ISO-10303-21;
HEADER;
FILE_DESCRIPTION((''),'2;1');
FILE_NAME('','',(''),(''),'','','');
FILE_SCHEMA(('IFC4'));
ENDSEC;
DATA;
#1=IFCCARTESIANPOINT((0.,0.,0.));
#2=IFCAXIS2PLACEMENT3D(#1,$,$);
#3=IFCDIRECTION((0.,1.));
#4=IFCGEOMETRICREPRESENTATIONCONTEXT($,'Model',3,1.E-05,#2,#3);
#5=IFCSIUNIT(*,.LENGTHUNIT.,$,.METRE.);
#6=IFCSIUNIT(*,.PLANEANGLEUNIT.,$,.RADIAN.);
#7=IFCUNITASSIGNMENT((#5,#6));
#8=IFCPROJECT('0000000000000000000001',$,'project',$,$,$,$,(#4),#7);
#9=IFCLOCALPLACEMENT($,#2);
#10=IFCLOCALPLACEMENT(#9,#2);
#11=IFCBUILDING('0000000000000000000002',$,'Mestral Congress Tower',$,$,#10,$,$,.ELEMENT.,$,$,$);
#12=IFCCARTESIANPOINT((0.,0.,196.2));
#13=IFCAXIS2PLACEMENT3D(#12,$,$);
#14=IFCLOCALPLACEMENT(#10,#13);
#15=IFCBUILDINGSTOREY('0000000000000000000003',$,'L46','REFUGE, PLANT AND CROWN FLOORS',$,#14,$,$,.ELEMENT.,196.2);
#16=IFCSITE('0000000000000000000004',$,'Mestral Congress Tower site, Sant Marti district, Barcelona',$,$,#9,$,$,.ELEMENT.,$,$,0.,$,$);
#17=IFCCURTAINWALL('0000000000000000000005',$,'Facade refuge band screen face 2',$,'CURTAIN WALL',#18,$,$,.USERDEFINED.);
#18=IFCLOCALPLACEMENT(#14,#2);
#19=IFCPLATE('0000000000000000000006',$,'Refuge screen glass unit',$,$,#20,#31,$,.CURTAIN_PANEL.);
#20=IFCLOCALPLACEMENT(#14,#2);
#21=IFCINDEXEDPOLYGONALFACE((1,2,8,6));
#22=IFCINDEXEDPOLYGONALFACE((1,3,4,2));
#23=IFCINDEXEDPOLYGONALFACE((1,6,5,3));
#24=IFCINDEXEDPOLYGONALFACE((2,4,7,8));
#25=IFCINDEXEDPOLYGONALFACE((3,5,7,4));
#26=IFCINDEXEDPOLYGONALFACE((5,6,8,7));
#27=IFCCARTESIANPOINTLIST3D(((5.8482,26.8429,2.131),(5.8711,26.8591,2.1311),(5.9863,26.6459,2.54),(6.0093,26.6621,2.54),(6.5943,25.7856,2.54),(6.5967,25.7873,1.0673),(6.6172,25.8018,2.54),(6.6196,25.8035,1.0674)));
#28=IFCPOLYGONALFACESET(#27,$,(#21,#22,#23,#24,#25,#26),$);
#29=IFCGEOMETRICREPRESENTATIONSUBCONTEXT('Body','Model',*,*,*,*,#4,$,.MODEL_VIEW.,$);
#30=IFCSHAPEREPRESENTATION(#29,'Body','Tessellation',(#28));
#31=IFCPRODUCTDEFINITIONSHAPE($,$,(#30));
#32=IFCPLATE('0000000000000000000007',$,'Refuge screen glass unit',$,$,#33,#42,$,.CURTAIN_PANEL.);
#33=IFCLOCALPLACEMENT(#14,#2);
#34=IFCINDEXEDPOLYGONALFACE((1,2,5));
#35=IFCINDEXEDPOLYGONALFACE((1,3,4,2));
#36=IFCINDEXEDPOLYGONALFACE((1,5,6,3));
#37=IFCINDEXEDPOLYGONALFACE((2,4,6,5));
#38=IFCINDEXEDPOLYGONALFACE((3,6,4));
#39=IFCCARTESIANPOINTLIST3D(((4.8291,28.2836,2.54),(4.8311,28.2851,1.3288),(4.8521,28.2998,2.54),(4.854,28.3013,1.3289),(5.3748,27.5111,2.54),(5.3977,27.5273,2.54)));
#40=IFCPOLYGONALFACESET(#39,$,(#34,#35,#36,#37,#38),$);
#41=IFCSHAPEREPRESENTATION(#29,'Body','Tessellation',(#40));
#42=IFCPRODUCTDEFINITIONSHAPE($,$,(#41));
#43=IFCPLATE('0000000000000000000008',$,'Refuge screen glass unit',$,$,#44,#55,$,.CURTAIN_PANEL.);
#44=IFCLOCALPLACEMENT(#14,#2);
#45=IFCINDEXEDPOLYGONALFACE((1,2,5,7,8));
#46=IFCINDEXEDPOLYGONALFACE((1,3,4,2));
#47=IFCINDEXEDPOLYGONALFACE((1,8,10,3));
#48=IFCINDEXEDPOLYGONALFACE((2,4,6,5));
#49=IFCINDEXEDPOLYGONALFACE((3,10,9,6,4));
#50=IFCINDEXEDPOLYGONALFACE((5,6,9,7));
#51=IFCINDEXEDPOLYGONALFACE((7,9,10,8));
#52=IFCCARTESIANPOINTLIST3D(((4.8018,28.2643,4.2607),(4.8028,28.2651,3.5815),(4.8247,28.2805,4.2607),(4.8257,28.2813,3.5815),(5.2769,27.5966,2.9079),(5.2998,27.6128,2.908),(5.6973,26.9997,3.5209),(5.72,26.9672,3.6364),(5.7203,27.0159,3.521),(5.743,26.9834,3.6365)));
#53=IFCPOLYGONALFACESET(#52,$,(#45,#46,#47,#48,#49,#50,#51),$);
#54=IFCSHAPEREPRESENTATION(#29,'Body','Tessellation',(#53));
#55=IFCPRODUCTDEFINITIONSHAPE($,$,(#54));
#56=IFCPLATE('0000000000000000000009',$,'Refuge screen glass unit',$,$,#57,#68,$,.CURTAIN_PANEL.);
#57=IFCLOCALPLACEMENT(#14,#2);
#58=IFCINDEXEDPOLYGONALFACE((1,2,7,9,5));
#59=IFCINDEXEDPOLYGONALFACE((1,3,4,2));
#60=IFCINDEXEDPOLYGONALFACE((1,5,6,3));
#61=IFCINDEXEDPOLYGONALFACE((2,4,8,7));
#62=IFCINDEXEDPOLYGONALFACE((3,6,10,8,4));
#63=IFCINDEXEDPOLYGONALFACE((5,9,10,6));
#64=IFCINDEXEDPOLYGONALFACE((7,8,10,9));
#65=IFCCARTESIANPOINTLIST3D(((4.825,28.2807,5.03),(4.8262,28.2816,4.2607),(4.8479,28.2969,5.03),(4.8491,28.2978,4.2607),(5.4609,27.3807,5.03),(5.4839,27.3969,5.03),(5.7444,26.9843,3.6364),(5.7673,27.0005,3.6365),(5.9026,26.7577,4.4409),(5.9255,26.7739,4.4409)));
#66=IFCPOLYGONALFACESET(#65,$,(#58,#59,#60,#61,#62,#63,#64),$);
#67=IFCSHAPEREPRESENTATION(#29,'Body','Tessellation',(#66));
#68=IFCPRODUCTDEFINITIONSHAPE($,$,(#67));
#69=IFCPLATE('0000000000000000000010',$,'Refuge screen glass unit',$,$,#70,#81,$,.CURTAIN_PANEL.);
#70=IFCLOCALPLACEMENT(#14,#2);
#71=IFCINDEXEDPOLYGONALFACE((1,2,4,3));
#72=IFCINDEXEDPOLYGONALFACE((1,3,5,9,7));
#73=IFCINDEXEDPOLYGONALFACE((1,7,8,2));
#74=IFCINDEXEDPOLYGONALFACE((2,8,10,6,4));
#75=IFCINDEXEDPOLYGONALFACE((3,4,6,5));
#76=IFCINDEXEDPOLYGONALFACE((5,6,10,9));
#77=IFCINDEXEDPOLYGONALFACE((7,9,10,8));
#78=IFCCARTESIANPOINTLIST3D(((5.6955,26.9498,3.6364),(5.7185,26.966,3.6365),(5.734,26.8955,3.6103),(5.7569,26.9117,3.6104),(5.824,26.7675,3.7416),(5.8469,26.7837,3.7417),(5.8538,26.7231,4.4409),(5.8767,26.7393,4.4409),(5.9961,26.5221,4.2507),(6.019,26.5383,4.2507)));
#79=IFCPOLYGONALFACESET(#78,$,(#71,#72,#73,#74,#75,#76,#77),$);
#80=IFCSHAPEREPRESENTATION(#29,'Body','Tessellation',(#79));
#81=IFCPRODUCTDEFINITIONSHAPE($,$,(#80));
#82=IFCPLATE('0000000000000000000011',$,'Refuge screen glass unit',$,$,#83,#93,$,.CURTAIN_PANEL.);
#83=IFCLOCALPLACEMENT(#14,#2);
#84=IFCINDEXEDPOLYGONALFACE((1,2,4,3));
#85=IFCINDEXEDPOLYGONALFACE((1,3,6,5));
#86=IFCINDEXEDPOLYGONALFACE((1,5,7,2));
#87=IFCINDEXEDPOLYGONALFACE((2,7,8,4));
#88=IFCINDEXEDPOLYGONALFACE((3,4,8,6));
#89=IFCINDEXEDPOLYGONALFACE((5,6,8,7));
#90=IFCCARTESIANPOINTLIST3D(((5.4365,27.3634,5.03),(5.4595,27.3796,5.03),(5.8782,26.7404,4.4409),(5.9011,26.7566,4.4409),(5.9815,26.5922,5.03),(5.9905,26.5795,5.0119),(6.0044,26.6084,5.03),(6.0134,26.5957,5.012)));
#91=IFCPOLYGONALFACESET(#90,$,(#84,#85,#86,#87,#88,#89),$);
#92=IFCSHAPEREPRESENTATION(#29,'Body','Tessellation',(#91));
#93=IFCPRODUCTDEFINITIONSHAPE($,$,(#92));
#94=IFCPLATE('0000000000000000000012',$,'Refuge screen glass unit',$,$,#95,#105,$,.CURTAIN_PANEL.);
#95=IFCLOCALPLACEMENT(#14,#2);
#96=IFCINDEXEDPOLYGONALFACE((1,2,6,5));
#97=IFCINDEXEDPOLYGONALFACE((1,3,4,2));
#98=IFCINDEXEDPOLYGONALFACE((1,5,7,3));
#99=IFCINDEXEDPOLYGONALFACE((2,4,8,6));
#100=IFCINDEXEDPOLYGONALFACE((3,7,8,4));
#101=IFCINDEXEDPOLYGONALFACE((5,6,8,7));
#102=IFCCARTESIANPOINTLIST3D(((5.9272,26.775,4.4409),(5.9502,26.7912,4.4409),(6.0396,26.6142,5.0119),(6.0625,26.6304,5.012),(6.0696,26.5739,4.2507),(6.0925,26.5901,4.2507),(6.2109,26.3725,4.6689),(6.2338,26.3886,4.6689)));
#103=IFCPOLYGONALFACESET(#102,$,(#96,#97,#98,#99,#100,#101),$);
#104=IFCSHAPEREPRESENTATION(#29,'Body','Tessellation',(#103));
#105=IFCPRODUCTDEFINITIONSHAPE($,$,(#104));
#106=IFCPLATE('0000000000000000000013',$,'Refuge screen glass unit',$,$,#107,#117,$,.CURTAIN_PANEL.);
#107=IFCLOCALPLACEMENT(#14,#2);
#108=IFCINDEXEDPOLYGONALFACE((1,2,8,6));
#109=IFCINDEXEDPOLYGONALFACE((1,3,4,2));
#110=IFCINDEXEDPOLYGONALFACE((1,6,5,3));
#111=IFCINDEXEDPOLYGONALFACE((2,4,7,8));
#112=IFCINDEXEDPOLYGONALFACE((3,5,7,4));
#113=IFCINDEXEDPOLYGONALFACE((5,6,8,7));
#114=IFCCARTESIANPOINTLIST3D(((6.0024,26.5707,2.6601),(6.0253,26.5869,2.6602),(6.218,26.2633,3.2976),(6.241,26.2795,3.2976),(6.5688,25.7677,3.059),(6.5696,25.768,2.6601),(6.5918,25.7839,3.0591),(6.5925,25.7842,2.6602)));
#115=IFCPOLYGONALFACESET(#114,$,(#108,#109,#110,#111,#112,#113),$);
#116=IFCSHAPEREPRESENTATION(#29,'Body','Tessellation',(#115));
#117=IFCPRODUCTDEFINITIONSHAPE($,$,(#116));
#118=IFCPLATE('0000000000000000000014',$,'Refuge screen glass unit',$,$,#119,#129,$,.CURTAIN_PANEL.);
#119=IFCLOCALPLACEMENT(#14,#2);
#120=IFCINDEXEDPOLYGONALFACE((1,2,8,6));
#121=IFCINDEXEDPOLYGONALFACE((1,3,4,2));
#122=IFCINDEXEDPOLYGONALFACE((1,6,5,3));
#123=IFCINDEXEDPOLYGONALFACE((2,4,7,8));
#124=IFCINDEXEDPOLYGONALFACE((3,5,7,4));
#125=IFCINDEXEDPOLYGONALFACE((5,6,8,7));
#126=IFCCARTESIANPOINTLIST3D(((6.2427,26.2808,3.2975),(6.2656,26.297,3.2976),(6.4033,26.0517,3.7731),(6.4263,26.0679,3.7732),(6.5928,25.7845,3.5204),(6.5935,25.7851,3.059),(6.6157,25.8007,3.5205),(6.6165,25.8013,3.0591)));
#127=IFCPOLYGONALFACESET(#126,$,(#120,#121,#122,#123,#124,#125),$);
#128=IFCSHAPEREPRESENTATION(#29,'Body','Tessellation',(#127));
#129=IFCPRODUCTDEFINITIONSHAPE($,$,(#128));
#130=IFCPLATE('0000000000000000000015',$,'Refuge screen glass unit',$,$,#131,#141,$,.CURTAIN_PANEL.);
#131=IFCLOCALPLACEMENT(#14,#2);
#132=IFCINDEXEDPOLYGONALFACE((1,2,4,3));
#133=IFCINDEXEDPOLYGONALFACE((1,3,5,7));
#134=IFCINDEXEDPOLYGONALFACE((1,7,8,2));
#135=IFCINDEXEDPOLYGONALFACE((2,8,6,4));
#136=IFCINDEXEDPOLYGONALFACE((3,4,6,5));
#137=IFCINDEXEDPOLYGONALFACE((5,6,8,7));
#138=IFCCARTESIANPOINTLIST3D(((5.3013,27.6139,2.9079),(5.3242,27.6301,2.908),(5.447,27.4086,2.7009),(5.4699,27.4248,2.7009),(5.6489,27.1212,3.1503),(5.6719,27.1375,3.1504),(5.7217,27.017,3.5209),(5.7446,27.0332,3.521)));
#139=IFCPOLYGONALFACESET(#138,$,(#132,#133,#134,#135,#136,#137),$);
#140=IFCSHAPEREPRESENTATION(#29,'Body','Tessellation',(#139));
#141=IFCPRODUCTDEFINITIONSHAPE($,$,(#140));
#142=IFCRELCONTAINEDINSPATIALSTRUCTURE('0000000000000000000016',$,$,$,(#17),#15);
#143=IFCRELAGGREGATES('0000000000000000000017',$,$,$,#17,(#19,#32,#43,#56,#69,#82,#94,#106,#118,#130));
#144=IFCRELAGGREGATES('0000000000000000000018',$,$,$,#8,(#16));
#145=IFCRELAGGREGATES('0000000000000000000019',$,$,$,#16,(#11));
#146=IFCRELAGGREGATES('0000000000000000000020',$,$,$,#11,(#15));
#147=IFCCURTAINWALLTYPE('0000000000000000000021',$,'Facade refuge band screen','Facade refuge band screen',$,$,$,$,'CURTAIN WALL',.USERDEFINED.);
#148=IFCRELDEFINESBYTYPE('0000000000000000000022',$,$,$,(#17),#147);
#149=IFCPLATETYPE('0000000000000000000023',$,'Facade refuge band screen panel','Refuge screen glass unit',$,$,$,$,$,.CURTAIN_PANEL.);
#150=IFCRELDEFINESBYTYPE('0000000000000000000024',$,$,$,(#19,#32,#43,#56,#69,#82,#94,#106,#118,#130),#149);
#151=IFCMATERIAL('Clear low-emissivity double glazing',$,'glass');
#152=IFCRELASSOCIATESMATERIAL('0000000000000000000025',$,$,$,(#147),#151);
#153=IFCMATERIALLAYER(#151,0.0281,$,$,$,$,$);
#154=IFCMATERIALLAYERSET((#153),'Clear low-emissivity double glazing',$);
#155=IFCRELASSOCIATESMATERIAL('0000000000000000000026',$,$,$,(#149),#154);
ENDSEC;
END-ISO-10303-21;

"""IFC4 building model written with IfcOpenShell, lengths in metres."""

from ifc_helpers import new_model, si_unit, direction, frame, origin, place, context, subcontext, project, spatial, polyline, outline, extrude, material, layer, layer_set, type_object, element, aggregate, save


model = new_model("IFC4")

# Units and contexts
model_context = context("Model", 3, precision=1e-05, world=origin(), true_north=direction((0.0, 1.0)))
body_context = subcontext(model_context, "Body", "Model", "MODEL_VIEW")
ifc_project = project(units=[si_unit("LENGTHUNIT", "METRE"), si_unit("PLANEANGLEUNIT", "RADIAN")], contexts=[model_context])

# Site, building, storey
site_placement = place(None, origin())
site = spatial("IfcSite", under=ifc_project, at=site_placement, Name="Mestral Congress Tower site, Sant Marti district, Barcelona", CompositionType="ELEMENT", RefElevation=0.0)
building_placement = place(site_placement, origin())
building = spatial("IfcBuilding", under=site, at=building_placement, Name="Mestral Congress Tower", CompositionType="ELEMENT")
storey_placement = place(building_placement, frame((0.0, 0.0, 196.2)))
storey = spatial("IfcBuildingStorey", under=building, at=storey_placement, Name="L46", Description="REFUGE, PLANT AND CROWN FLOORS", CompositionType="ELEMENT", Elevation=196.2)

# Curtain wall
ifc_material_1 = material(Name="Clear low-emissivity double glazing", Category="glass")
curtain_wall_type = type_object("IfcCurtainWallType", Name="Facade refuge band screen", Description="Facade refuge band screen", ElementType="CURTAIN WALL", PredefinedType="USERDEFINED", material=ifc_material_1)
curtain_wall_placement = place(storey_placement, origin())
curtain_wall = element("IfcCurtainWall", 1, at=curtain_wall_placement, inside=storey, type_object=curtain_wall_type, Name="Facade refuge band screen face 2", ObjectType="CURTAIN WALL", PredefinedType="USERDEFINED")

# Plates
ifc_layer_1 = layer(ifc_material_1, 0.0281)
ifc_layer_set_1 = layer_set([ifc_layer_1], Name="Clear low-emissivity double glazing")
plate_type_1 = type_object("IfcPlateType", Name="Facade refuge band screen panel", Description="Refuge screen glass unit", PredefinedType="CURTAIN_PANEL", material=ifc_layer_set_1)
plate_1_placement = place(storey_placement, frame((6.6196, 25.8035, 1.0674), z_axis=(0.816701, 0.577058, 0.002029), x_axis=(-0.001662, -0.001164, 0.999998)))
plate_1 = element("IfcPlate", 2, at=plate_1_placement, type_object=plate_type_1, Name="Refuge screen glass unit", PredefinedType="CURTAIN_PANEL", context=body_context, shape_type="SweptSolid", body=[
    extrude(outline(polyline([(0.0, 0.0), (1.4727, 0.0), (1.4727, -1.0535), (1.0637, -1.2941), (0.0, 0.0)])), origin(), (0.0, 0.0, -1.0), 0.0281),
])
plate_2_placement = place(storey_placement, frame((4.854, 28.3013, 1.3289), z_axis=(0.816773, 0.576956, 0.002015), x_axis=(0.353804, -0.503619, 0.788156)))
plate_2 = element("IfcPlate", 3, at=plate_2_placement, type_object=plate_type_1, Name="Refuge screen glass unit", PredefinedType="CURTAIN_PANEL", context=body_context, shape_type="SweptSolid", body=[
    extrude(outline(polyline([(0.0, 0.0), (1.5367, 0.0), (0.9546, -0.7454), (0.0, 0.0)])), origin(), (0.0, 0.0, -1.0), 0.0281),
])
plate_3_placement = place(storey_placement, frame((4.8247, 28.2805, 4.2607), z_axis=(0.816606, 0.577193, 0.001882), x_axis=(0.001507, 0.001127, -0.999998)))
plate_3 = element("IfcPlate", 4, at=plate_3_placement, type_object=plate_type_1, Name="Refuge screen glass unit", PredefinedType="CURTAIN_PANEL", context=body_context, shape_type="SweptSolid", body=[
    extrude(outline(polyline([(0.0, 0.0), (0.6792, 0.0), (1.3527, -0.8196), (0.7397, -1.5496), (0.6242, -1.5893), (0.0, 0.0)])), origin(), (0.0, 0.0, -1.0), 0.0281),
])
plate_4_placement = place(storey_placement, frame((5.7673, 27.0005, 3.6365), z_axis=(0.816672, 0.577099, 0.001949), x_axis=(0.185976, -0.266375, 0.945758)))
plate_4 = element("IfcPlate", 5, at=plate_4_placement, type_object=plate_type_1, Name="Refuge screen glass unit", PredefinedType="CURTAIN_PANEL", context=body_context, shape_type="SweptSolid", body=[
    extrude(outline(polyline([(0.0, 0.0), (0.8506, 0.0), (1.1596, -0.9137), (0.8016, -1.9558), (0.0741, -1.706), (0.0, 0.0)])), origin(), (0.0, 0.0, -1.0), 0.0281),
])
plate_5_placement = place(storey_placement, frame((5.8469, 26.7837, 3.7417), z_axis=(0.816997, 0.576639, 0.001773), x_axis=(0.291322, -0.415402, 0.861726)))
plate_5 = element("IfcPlate", 6, at=plate_5_placement, type_object=plate_type_1, Name="Refuge screen glass unit", PredefinedType="CURTAIN_PANEL", context=body_context, shape_type="SweptSolid", body=[
    extrude(outline(polyline([(0.0, 0.0), (0.5907, 0.0), (0.6297, -0.3087), (-0.2038, -0.1388), (-0.1926, -0.0682), (0.0, 0.0)])), origin(), (0.0, 0.0, -1.0), 0.0281),
])
plate_6_placement = place(storey_placement, frame((6.0044, 26.6084, 5.03), z_axis=(0.816699, 0.577061, 0.001994), x_axis=(-0.577062, 0.8167, 0.0)))
plate_6 = element("IfcPlate", 7, at=plate_6_placement, type_object=plate_type_1, Name="Refuge screen glass unit", PredefinedType="CURTAIN_PANEL", context=body_context, shape_type="SweptSolid", body=[
    extrude(outline(polyline([(0.0, 0.0), (0.9443, 0.0), (0.1806, -0.5891), (-0.0156, -0.0181), (0.0, 0.0)])), origin(), (0.0, 0.0, -1.0), 0.0281),
])
plate_7_placement = place(storey_placement, frame((6.0625, 26.6304, 5.012), z_axis=(0.816977, 0.576668, 0.001712), x_axis=(-0.186062, 0.266405, -0.945732)))
plate_7 = element("IfcPlate", 8, at=plate_7_placement, type_object=plate_type_1, Name="Refuge screen glass unit", PredefinedType="CURTAIN_PANEL", context=body_context, shape_type="SweptSolid", body=[
    extrude(outline(polyline([(0.0, 0.0), (0.6038, 0.0), (0.7036, -0.2949), (0.2281, -0.3917), (0.0, 0.0)])), origin(), (0.0, 0.0, -1.0), 0.0281),
])
plate_8_placement = place(storey_placement, frame((6.241, 26.2795, 3.2976), z_axis=(0.816695, 0.577066, 0.001982), x_axis=(-0.291457, 0.415444, -0.86166)))
plate_8 = element("IfcPlate", 9, at=plate_8_placement, type_object=plate_type_1, Name="Refuge screen glass unit", PredefinedType="CURTAIN_PANEL", context=body_context, shape_type="SweptSolid", body=[
    extrude(outline(polyline([(0.0, 0.0), (0.7398, 0.0), (0.241, -0.8469), (-0.1026, -0.6443), (0.0, 0.0)])), origin(), (0.0, 0.0, -1.0), 0.0281),
])
plate_9_placement = place(storey_placement, frame((6.6165, 25.8013, 3.0591), z_axis=(0.816724, 0.577025, 0.002091), x_axis=(-0.001665, -0.001268, 0.999998)))
plate_9 = element("IfcPlate", 10, at=plate_9_placement, type_object=plate_type_1, Name="Refuge screen glass unit", PredefinedType="CURTAIN_PANEL", context=body_context, shape_type="SweptSolid", body=[
    extrude(outline(polyline([(0.0, 0.0), (0.4614, 0.0), (0.7141, -0.3275), (0.2385, -0.6074), (0.0, 0.0)])), origin(), (0.0, 0.0, -1.0), 0.0281),
])
plate_10_placement = place(storey_placement, frame((5.3242, 27.6301, 2.908), z_axis=(0.81655, 0.577271, 0.00218), x_axis=(0.44703, -0.629926, -0.635105)))
plate_10 = element("IfcPlate", 11, at=plate_10_placement, type_object=plate_type_1, Name="Refuge screen glass unit", PredefinedType="CURTAIN_PANEL", context=body_context, shape_type="SweptSolid", body=[
    extrude(outline(polyline([(0.0, 0.0), (0.326, 0.0), (0.3118, -0.5702), (0.1746, -0.9372), (0.0, 0.0)])), origin(), (0.0, 0.0, -1.0), 0.0281),
])

aggregate(curtain_wall, [plate_1, plate_2, plate_3, plate_4, plate_5, plate_6, plate_7, plate_8, plate_9, plate_10])

save(model, "model.ifc")
